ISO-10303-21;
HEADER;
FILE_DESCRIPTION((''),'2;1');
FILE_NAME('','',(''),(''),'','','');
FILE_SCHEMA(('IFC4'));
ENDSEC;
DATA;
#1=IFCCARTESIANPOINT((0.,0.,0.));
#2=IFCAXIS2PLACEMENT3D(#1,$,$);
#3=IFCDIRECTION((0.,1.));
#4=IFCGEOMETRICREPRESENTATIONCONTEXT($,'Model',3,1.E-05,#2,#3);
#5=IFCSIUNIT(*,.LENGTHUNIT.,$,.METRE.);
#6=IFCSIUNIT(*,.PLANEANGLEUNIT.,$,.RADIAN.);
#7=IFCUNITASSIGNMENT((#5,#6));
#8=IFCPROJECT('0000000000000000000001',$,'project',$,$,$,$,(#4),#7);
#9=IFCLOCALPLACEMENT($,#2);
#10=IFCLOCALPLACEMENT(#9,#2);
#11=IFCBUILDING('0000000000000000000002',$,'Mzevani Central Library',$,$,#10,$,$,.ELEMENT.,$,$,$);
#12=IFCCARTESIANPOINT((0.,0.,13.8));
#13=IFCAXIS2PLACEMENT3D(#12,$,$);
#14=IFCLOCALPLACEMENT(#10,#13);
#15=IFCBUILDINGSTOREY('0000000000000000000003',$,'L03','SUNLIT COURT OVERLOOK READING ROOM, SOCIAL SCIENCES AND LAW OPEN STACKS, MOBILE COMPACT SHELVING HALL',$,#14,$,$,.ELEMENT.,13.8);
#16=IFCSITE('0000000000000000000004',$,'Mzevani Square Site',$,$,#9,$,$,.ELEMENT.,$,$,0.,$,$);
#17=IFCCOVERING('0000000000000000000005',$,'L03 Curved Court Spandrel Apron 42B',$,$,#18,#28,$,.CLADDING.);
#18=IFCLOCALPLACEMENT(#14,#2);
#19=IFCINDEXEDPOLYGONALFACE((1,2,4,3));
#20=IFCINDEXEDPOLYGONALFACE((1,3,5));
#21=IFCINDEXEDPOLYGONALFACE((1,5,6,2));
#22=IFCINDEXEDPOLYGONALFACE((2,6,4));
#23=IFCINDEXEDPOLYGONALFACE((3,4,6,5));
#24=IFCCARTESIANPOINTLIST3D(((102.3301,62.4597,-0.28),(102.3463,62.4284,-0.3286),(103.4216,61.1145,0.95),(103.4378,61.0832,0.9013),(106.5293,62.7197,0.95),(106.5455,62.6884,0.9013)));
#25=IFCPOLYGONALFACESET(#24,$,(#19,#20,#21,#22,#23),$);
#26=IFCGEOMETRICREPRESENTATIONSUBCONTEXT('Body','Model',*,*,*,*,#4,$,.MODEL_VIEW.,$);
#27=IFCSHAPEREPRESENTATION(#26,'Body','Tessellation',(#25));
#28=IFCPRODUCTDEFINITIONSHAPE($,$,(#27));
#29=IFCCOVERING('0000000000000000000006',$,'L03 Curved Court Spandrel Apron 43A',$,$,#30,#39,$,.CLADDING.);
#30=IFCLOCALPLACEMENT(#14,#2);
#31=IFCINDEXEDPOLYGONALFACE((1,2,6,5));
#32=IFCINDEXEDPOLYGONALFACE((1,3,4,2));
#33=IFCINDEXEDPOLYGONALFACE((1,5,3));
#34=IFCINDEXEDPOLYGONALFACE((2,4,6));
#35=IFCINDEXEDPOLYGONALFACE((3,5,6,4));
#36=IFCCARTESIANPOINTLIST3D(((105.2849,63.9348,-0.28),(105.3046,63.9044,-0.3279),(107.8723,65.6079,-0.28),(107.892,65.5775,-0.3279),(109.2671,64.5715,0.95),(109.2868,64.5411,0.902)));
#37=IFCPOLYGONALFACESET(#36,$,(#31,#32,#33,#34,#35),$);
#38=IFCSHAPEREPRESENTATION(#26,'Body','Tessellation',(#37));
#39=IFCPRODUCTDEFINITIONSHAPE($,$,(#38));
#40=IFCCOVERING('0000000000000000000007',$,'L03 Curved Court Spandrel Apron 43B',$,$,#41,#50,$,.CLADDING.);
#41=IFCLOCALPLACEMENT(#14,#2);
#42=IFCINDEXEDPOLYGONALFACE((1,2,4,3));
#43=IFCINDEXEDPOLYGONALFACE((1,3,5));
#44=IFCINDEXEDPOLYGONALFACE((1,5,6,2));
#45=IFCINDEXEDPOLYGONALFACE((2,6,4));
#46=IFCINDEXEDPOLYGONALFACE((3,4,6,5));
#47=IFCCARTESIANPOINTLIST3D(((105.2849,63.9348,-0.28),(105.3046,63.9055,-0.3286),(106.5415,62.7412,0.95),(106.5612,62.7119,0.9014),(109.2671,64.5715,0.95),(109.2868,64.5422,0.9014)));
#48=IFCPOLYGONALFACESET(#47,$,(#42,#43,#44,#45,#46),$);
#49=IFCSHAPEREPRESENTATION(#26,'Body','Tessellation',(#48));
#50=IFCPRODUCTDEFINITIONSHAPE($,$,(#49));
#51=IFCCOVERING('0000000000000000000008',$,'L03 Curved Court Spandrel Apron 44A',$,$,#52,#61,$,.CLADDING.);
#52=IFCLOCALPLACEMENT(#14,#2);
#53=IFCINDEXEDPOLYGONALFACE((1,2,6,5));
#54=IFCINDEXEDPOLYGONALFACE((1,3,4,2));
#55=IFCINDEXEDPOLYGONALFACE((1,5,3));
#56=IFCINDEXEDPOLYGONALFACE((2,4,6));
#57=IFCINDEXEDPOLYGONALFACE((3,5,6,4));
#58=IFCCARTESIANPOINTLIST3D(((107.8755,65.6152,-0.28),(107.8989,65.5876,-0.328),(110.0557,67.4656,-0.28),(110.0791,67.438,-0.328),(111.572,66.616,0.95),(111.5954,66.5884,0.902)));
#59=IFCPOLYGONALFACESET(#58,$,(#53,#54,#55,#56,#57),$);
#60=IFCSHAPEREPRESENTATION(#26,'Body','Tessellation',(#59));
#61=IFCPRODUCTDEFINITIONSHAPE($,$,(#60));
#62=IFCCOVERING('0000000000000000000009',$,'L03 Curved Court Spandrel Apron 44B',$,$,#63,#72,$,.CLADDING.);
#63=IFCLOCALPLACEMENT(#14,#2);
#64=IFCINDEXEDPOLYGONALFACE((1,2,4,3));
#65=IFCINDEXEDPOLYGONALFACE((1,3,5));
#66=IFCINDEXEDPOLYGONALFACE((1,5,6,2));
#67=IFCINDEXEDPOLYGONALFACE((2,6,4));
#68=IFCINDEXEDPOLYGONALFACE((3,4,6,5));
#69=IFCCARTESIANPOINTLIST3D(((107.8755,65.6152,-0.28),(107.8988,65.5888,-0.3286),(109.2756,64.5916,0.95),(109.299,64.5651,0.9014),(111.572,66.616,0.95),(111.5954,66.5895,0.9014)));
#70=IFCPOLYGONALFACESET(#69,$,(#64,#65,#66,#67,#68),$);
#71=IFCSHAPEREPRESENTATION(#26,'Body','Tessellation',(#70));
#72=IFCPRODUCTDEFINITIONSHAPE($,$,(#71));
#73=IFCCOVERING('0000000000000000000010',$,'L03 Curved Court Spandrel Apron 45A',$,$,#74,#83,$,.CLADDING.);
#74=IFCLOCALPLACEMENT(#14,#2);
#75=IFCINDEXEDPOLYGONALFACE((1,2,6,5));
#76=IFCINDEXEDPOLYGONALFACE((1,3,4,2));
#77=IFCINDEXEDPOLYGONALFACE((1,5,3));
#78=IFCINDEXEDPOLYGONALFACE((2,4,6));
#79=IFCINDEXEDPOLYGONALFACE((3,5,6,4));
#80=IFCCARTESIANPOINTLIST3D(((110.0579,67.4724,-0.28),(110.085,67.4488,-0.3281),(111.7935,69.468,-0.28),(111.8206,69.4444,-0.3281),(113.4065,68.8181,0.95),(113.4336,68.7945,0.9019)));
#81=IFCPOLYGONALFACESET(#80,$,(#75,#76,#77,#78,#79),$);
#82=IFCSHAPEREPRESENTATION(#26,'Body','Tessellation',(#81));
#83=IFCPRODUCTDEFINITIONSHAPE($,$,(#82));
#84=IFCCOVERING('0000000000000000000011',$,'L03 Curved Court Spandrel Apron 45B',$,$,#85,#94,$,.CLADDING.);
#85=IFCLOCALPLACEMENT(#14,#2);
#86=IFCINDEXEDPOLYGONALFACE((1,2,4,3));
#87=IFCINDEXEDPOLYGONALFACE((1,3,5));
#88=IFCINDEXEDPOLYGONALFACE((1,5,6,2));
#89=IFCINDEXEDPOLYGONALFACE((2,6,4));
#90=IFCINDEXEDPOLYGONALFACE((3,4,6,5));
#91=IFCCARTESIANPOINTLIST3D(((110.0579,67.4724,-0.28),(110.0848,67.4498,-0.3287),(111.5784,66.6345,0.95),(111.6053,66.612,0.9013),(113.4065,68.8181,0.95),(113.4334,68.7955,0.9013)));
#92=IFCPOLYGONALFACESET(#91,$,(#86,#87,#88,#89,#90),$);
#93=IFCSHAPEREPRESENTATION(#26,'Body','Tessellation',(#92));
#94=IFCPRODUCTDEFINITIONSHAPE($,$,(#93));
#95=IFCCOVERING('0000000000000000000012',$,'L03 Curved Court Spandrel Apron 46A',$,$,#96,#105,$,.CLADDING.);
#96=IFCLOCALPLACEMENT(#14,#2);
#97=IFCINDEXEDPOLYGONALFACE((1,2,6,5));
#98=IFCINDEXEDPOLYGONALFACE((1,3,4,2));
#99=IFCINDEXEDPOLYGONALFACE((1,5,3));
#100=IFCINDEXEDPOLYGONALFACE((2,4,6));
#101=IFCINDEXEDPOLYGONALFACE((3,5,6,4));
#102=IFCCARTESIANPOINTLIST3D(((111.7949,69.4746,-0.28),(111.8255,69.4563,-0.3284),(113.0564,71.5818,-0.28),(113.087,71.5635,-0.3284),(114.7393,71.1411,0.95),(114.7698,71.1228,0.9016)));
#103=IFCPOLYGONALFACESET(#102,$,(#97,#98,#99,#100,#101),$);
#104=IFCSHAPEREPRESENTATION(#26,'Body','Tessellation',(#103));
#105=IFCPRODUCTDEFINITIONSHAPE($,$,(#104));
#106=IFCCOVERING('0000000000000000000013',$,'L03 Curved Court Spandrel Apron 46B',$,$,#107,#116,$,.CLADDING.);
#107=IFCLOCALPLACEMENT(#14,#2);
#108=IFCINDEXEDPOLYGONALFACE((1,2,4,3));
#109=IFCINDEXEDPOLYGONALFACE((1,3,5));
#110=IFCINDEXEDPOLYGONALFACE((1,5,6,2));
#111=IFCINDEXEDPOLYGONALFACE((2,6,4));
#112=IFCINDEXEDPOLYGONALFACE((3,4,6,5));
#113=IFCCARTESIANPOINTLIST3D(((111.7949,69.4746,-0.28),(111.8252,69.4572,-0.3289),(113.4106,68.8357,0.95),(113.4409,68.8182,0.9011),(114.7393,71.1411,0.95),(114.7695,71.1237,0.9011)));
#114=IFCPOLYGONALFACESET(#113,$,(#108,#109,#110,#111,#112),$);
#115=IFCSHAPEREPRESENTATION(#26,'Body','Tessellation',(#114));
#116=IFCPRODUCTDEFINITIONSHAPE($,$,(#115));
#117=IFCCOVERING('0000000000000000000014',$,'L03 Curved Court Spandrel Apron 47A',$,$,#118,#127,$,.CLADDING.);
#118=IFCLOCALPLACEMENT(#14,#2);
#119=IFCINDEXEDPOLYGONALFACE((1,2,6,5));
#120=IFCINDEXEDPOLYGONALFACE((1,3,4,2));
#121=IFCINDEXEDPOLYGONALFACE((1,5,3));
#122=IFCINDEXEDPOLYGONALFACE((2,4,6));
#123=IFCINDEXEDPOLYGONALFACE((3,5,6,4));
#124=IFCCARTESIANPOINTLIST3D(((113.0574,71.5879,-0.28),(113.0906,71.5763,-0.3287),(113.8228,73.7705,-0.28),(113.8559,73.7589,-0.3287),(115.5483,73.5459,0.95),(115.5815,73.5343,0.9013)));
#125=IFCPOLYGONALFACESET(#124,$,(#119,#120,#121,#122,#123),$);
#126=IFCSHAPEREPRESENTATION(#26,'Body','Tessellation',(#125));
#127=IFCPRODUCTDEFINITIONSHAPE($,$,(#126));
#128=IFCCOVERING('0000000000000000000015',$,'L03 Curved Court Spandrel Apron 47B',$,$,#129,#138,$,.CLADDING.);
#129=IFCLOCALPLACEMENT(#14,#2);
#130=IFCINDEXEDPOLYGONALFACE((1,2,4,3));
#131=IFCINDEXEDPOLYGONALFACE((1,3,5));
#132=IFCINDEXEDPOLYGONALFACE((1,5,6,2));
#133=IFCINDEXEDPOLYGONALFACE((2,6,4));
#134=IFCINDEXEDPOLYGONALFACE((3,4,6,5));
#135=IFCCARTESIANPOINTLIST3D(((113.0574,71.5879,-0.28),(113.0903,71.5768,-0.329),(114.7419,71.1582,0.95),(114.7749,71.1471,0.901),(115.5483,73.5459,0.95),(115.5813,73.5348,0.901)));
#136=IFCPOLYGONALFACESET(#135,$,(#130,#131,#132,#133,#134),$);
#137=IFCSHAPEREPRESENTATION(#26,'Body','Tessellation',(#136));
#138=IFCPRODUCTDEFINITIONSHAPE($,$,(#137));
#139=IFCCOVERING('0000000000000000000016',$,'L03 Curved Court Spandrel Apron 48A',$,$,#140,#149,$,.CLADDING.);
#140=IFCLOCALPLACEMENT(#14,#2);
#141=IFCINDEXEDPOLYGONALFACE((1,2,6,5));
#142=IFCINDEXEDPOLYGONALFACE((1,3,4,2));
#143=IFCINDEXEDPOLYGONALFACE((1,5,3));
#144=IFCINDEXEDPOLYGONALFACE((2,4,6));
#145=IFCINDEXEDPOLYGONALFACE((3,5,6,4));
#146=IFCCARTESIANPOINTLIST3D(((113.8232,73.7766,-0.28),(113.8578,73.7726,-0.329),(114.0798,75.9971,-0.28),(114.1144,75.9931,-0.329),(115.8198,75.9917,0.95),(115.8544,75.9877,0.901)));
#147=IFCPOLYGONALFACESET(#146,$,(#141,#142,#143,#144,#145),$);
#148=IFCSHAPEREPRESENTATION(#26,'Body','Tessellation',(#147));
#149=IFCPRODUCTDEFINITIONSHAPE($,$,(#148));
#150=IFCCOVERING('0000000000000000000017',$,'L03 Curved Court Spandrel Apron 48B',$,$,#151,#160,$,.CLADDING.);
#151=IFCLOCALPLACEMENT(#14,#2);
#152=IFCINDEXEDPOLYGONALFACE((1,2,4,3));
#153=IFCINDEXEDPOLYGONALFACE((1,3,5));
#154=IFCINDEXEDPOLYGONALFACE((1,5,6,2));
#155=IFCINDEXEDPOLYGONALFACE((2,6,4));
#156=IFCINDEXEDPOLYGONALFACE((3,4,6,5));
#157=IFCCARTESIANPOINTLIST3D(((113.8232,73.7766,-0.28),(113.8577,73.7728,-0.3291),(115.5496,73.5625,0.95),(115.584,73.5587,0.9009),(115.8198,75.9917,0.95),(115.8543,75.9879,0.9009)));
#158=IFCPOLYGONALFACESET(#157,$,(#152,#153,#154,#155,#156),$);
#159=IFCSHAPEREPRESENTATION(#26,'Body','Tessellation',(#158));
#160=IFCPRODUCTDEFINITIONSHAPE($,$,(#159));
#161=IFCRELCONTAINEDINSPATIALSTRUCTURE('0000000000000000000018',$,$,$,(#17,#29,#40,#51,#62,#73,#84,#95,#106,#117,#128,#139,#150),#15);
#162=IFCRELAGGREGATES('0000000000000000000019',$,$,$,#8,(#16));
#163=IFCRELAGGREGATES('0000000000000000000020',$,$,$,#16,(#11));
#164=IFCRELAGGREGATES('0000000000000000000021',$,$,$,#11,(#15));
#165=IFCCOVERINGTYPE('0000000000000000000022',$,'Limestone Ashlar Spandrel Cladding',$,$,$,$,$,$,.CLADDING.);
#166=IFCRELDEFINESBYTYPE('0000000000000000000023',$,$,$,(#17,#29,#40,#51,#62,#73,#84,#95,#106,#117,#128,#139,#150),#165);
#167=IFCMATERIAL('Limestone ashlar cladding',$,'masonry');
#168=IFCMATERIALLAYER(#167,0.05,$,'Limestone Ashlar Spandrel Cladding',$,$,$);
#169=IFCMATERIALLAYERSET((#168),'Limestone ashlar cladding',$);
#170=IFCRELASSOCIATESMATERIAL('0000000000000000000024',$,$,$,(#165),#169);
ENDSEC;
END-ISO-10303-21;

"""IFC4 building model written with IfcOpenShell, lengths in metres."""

from ifc_helpers import new_model, si_unit, direction, frame, origin, place, context, subcontext, project, spatial, polyline, outline, extrude, material, layer, layer_set, type_object, element, save


model = new_model("IFC4")

# Units and contexts
model_context = context("Model", 3, precision=1e-05, world=origin(), true_north=direction((0.0, 1.0)))
body_context = subcontext(model_context, "Body", "Model", "MODEL_VIEW")
ifc_project = project(units=[si_unit("LENGTHUNIT", "METRE"), si_unit("PLANEANGLEUNIT", "RADIAN")], contexts=[model_context])

# Site, building, storey
site_placement = place(None, origin())
site = spatial("IfcSite", under=ifc_project, at=site_placement, Name="Mzevani Square Site", CompositionType="ELEMENT", RefElevation=0.0)
building_placement = place(site_placement, origin())
building = spatial("IfcBuilding", under=site, at=building_placement, Name="Mzevani Central Library", CompositionType="ELEMENT")
storey_placement = place(building_placement, frame((0.0, 0.0, 13.8)))
storey = spatial("IfcBuildingStorey", under=building, at=storey_placement, Name="L03", Description="SUNLIT COURT OVERLOOK READING ROOM, SOCIAL SCIENCES AND LAW OPEN STACKS, MOBILE COMPACT SHELVING HALL", CompositionType="ELEMENT", Elevation=13.8)

# Coverings
ifc_material_1 = material(Name="Limestone ashlar cladding", Category="masonry")
ifc_layer_1 = layer(ifc_material_1, 0.05, Name="Limestone Ashlar Spandrel Cladding")
ifc_layer_set_1 = layer_set([ifc_layer_1], Name="Limestone ashlar cladding")
covering_type = type_object("IfcCoveringType", Name="Limestone Ashlar Spandrel Cladding", PredefinedType="CLADDING", material=ifc_layer_set_1)
covering_1_placement = place(storey_placement, frame((102.3301, 62.4597, -0.28), z_axis=(-0.269417, 0.521584, 0.809546), x_axis=(0.95799, 0.059317, 0.280602)))
element("IfcCovering", 1, at=covering_1_placement, inside=storey, type_object=covering_type, Name="L03 Curved Court Spandrel Apron 42B", PredefinedType="CLADDING", context=body_context, shape_type="SweptSolid", body=[
    extrude(outline(polyline([(0.0, 0.0), (4.3834, 0.0), (1.311, -1.6719), (0.0, 0.0)])), origin(), (0.0, 0.0, -1.0), 0.0601),
])
covering_2_placement = place(storey_placement, frame((105.2849, 63.9348, -0.28), z_axis=(-0.327372, 0.506274, 0.797819), x_axis=(0.839734, 0.542998, 0.0)))
element("IfcCovering", 2, at=covering_2_placement, inside=storey, type_object=covering_type, Name="L03 Curved Court Spandrel Apron 43A", PredefinedType="CLADDING", context=body_context, shape_type="SweptSolid", body=[
    extrude(outline(polyline([(0.0, 0.0), (3.0812, 0.0), (3.6897, -2.0401), (0.0, 0.0)])), origin(), (0.0, 0.0, -1.0), 0.0601),
])
covering_3_placement = place(storey_placement, frame((105.2849, 63.9348, -0.28), z_axis=(-0.327874, 0.488246, 0.808774), x_axis=(0.944504, 0.151019, 0.29173)))
element("IfcCovering", 3, at=covering_3_placement, inside=storey, type_object=covering_type, Name="L03 Curved Court Spandrel Apron 43B", PredefinedType="CLADDING", context=body_context, shape_type="SweptSolid", body=[
    extrude(outline(polyline([(0.0, 0.0), (4.2162, 0.0), (1.3654, -1.6286), (0.0, 0.0)])), origin(), (0.0, 0.0, -1.0), 0.0601),
])
covering_4_placement = place(storey_placement, frame((107.8755, 65.6152, -0.28), z_axis=(-0.38992, 0.459426, 0.798054), x_axis=(0.762424, 0.647078, 0.0)))
element("IfcCovering", 4, at=covering_4_placement, inside=storey, type_object=covering_type, Name="L03 Curved Court Spandrel Apron 44A", PredefinedType="CLADDING", context=body_context, shape_type="SweptSolid", body=[
    extrude(outline(polyline([(0.0, 0.0), (2.8595, 0.0), (3.4659, -2.0412), (0.0, 0.0)])), origin(), (0.0, 0.0, -1.0), 0.0601),
])
covering_5_placement = place(storey_placement, frame((107.8755, 65.6152, -0.28), z_axis=(-0.388565, 0.440767, 0.809161), x_axis=(0.919016, 0.248798, 0.305792)))
element("IfcCovering", 5, at=covering_5_placement, inside=storey, type_object=covering_type, Name="L03 Curved Court Spandrel Apron 44B", PredefinedType="CLADDING", context=body_context, shape_type="SweptSolid", body=[
    extrude(outline(polyline([(0.0, 0.0), (4.0223, 0.0), (1.4082, -1.5932), (0.0, 0.0)])), origin(), (0.0, 0.0, -1.0), 0.0601),
])
covering_6_placement = place(storey_placement, frame((110.0579, 67.4724, -0.28), z_axis=(-0.452089, 0.393186, 0.800638), x_axis=(0.65624, 0.754552, 0.0)))
element("IfcCovering", 6, at=covering_6_placement, inside=storey, type_object=covering_type, Name="L03 Curved Court Spandrel Apron 45A", PredefinedType="CLADDING", context=body_context, shape_type="SweptSolid", body=[
    extrude(outline(polyline([(0.0, 0.0), (2.6448, 0.0), (3.2129, -2.0529), (0.0, 0.0)])), origin(), (0.0, 0.0, -1.0), 0.0601),
])
covering_7_placement = place(storey_placement, frame((110.0579, 67.4724, -0.28), z_axis=(-0.448811, 0.375749, 0.810791), x_axis=(0.878271, 0.352948, 0.322596)))
element("IfcCovering", 7, at=covering_7_placement, inside=storey, type_object=covering_type, Name="L03 Curved Court Spandrel Apron 45B", PredefinedType="CLADDING", context=body_context, shape_type="SweptSolid", body=[
    extrude(outline(polyline([(0.0, 0.0), (3.8128, 0.0), (1.4365, -1.5695), (0.0, 0.0)])), origin(), (0.0, 0.0, -1.0), 0.0601),
])
covering_8_placement = place(storey_placement, frame((111.7949, 69.4746, -0.28), z_axis=(-0.50877, 0.304578, 0.805224), x_axis=(0.513648, 0.858001, 0.0)))
element("IfcCovering", 8, at=covering_8_placement, inside=storey, type_object=covering_type, Name="L03 Curved Court Spandrel Apron 46A", PredefinedType="CLADDING", context=body_context, shape_type="SweptSolid", body=[
    extrude(outline(polyline([(0.0, 0.0), (2.4559, 0.0), (2.9422, -2.0743), (0.0, 0.0)])), origin(), (0.0, 0.0, -1.0), 0.0601),
])
covering_9_placement = place(storey_placement, frame((111.7949, 69.4746, -0.28), z_axis=(-0.504189, 0.290564, 0.813244), x_axis=(0.817896, 0.462932, 0.341672)))
element("IfcCovering", 9, at=covering_9_placement, inside=storey, type_object=covering_type, Name="L03 Curved Court Spandrel Apron 46B", PredefinedType="CLADDING", context=body_context, shape_type="SweptSolid", body=[
    extrude(outline(polyline([(0.0, 0.0), (3.5999, 0.0), (1.446, -1.5623), (0.0, 0.0)])), origin(), (0.0, 0.0, -1.0), 0.0601),
])
covering_10_placement = place(storey_placement, frame((113.0574, 71.5879, -0.28), z_axis=(-0.55258, 0.193774, 0.810621), x_axis=(0.330915, 0.943661, 0.0)))
element("IfcCovering", 10, at=covering_10_placement, inside=storey, type_object=covering_type, Name="L03 Curved Court Spandrel Apron 47A", PredefinedType="CLADDING", context=body_context, shape_type="SweptSolid", body=[
    extrude(outline(polyline([(0.0, 0.0), (2.3129, 0.0), (2.672, -2.1005), (0.0, 0.0)])), origin(), (0.0, 0.0, -1.0), 0.0601),
])
covering_11_placement = place(storey_placement, frame((113.0574, 71.5879, -0.28), z_axis=(-0.548248, 0.18516, 0.815561), x_axis=(0.732905, 0.576095, 0.361891)))
element("IfcCovering", 11, at=covering_11_placement, inside=storey, type_object=covering_type, Name="L03 Curved Court Spandrel Apron 47B", PredefinedType="CLADDING", context=body_context, shape_type="SweptSolid", body=[
    extrude(outline(polyline([(0.0, 0.0), (3.3988, 0.0), (1.4322, -1.5761), (0.0, 0.0)])), origin(), (0.0, 0.0, -1.0), 0.0601),
])
covering_12_placement = place(storey_placement, frame((113.8232, 73.7766, -0.28), z_axis=(-0.575816, 0.06654, 0.814867), x_axis=(0.114794, 0.993389, 0.0)))
element("IfcCovering", 12, at=covering_12_placement, inside=storey, type_object=covering_type, Name="L03 Curved Court Spandrel Apron 48A", PredefinedType="CLADDING", context=body_context, shape_type="SweptSolid", body=[
    extrude(outline(polyline([(0.0, 0.0), (2.2352, 0.0), (2.4296, -2.1219), (0.0, 0.0)])), origin(), (0.0, 0.0, -1.0), 0.0601),
])
covering_13_placement = place(storey_placement, frame((113.8232, 73.7766, -0.28), z_axis=(-0.57382, 0.063841, 0.816489), x_axis=(0.618941, 0.686678, 0.381294)))
element("IfcCovering", 13, at=covering_13_placement, inside=storey, type_object=covering_type, Name="L03 Curved Court Spandrel Apron 48B", PredefinedType="CLADDING", context=body_context, shape_type="SweptSolid", body=[
    extrude(outline(polyline([(0.0, 0.0), (3.2258, 0.0), (1.3904, -1.6142), (0.0, 0.0)])), origin(), (0.0, 0.0, -1.0), 0.0601),
])

save(model, "model.ifc")
